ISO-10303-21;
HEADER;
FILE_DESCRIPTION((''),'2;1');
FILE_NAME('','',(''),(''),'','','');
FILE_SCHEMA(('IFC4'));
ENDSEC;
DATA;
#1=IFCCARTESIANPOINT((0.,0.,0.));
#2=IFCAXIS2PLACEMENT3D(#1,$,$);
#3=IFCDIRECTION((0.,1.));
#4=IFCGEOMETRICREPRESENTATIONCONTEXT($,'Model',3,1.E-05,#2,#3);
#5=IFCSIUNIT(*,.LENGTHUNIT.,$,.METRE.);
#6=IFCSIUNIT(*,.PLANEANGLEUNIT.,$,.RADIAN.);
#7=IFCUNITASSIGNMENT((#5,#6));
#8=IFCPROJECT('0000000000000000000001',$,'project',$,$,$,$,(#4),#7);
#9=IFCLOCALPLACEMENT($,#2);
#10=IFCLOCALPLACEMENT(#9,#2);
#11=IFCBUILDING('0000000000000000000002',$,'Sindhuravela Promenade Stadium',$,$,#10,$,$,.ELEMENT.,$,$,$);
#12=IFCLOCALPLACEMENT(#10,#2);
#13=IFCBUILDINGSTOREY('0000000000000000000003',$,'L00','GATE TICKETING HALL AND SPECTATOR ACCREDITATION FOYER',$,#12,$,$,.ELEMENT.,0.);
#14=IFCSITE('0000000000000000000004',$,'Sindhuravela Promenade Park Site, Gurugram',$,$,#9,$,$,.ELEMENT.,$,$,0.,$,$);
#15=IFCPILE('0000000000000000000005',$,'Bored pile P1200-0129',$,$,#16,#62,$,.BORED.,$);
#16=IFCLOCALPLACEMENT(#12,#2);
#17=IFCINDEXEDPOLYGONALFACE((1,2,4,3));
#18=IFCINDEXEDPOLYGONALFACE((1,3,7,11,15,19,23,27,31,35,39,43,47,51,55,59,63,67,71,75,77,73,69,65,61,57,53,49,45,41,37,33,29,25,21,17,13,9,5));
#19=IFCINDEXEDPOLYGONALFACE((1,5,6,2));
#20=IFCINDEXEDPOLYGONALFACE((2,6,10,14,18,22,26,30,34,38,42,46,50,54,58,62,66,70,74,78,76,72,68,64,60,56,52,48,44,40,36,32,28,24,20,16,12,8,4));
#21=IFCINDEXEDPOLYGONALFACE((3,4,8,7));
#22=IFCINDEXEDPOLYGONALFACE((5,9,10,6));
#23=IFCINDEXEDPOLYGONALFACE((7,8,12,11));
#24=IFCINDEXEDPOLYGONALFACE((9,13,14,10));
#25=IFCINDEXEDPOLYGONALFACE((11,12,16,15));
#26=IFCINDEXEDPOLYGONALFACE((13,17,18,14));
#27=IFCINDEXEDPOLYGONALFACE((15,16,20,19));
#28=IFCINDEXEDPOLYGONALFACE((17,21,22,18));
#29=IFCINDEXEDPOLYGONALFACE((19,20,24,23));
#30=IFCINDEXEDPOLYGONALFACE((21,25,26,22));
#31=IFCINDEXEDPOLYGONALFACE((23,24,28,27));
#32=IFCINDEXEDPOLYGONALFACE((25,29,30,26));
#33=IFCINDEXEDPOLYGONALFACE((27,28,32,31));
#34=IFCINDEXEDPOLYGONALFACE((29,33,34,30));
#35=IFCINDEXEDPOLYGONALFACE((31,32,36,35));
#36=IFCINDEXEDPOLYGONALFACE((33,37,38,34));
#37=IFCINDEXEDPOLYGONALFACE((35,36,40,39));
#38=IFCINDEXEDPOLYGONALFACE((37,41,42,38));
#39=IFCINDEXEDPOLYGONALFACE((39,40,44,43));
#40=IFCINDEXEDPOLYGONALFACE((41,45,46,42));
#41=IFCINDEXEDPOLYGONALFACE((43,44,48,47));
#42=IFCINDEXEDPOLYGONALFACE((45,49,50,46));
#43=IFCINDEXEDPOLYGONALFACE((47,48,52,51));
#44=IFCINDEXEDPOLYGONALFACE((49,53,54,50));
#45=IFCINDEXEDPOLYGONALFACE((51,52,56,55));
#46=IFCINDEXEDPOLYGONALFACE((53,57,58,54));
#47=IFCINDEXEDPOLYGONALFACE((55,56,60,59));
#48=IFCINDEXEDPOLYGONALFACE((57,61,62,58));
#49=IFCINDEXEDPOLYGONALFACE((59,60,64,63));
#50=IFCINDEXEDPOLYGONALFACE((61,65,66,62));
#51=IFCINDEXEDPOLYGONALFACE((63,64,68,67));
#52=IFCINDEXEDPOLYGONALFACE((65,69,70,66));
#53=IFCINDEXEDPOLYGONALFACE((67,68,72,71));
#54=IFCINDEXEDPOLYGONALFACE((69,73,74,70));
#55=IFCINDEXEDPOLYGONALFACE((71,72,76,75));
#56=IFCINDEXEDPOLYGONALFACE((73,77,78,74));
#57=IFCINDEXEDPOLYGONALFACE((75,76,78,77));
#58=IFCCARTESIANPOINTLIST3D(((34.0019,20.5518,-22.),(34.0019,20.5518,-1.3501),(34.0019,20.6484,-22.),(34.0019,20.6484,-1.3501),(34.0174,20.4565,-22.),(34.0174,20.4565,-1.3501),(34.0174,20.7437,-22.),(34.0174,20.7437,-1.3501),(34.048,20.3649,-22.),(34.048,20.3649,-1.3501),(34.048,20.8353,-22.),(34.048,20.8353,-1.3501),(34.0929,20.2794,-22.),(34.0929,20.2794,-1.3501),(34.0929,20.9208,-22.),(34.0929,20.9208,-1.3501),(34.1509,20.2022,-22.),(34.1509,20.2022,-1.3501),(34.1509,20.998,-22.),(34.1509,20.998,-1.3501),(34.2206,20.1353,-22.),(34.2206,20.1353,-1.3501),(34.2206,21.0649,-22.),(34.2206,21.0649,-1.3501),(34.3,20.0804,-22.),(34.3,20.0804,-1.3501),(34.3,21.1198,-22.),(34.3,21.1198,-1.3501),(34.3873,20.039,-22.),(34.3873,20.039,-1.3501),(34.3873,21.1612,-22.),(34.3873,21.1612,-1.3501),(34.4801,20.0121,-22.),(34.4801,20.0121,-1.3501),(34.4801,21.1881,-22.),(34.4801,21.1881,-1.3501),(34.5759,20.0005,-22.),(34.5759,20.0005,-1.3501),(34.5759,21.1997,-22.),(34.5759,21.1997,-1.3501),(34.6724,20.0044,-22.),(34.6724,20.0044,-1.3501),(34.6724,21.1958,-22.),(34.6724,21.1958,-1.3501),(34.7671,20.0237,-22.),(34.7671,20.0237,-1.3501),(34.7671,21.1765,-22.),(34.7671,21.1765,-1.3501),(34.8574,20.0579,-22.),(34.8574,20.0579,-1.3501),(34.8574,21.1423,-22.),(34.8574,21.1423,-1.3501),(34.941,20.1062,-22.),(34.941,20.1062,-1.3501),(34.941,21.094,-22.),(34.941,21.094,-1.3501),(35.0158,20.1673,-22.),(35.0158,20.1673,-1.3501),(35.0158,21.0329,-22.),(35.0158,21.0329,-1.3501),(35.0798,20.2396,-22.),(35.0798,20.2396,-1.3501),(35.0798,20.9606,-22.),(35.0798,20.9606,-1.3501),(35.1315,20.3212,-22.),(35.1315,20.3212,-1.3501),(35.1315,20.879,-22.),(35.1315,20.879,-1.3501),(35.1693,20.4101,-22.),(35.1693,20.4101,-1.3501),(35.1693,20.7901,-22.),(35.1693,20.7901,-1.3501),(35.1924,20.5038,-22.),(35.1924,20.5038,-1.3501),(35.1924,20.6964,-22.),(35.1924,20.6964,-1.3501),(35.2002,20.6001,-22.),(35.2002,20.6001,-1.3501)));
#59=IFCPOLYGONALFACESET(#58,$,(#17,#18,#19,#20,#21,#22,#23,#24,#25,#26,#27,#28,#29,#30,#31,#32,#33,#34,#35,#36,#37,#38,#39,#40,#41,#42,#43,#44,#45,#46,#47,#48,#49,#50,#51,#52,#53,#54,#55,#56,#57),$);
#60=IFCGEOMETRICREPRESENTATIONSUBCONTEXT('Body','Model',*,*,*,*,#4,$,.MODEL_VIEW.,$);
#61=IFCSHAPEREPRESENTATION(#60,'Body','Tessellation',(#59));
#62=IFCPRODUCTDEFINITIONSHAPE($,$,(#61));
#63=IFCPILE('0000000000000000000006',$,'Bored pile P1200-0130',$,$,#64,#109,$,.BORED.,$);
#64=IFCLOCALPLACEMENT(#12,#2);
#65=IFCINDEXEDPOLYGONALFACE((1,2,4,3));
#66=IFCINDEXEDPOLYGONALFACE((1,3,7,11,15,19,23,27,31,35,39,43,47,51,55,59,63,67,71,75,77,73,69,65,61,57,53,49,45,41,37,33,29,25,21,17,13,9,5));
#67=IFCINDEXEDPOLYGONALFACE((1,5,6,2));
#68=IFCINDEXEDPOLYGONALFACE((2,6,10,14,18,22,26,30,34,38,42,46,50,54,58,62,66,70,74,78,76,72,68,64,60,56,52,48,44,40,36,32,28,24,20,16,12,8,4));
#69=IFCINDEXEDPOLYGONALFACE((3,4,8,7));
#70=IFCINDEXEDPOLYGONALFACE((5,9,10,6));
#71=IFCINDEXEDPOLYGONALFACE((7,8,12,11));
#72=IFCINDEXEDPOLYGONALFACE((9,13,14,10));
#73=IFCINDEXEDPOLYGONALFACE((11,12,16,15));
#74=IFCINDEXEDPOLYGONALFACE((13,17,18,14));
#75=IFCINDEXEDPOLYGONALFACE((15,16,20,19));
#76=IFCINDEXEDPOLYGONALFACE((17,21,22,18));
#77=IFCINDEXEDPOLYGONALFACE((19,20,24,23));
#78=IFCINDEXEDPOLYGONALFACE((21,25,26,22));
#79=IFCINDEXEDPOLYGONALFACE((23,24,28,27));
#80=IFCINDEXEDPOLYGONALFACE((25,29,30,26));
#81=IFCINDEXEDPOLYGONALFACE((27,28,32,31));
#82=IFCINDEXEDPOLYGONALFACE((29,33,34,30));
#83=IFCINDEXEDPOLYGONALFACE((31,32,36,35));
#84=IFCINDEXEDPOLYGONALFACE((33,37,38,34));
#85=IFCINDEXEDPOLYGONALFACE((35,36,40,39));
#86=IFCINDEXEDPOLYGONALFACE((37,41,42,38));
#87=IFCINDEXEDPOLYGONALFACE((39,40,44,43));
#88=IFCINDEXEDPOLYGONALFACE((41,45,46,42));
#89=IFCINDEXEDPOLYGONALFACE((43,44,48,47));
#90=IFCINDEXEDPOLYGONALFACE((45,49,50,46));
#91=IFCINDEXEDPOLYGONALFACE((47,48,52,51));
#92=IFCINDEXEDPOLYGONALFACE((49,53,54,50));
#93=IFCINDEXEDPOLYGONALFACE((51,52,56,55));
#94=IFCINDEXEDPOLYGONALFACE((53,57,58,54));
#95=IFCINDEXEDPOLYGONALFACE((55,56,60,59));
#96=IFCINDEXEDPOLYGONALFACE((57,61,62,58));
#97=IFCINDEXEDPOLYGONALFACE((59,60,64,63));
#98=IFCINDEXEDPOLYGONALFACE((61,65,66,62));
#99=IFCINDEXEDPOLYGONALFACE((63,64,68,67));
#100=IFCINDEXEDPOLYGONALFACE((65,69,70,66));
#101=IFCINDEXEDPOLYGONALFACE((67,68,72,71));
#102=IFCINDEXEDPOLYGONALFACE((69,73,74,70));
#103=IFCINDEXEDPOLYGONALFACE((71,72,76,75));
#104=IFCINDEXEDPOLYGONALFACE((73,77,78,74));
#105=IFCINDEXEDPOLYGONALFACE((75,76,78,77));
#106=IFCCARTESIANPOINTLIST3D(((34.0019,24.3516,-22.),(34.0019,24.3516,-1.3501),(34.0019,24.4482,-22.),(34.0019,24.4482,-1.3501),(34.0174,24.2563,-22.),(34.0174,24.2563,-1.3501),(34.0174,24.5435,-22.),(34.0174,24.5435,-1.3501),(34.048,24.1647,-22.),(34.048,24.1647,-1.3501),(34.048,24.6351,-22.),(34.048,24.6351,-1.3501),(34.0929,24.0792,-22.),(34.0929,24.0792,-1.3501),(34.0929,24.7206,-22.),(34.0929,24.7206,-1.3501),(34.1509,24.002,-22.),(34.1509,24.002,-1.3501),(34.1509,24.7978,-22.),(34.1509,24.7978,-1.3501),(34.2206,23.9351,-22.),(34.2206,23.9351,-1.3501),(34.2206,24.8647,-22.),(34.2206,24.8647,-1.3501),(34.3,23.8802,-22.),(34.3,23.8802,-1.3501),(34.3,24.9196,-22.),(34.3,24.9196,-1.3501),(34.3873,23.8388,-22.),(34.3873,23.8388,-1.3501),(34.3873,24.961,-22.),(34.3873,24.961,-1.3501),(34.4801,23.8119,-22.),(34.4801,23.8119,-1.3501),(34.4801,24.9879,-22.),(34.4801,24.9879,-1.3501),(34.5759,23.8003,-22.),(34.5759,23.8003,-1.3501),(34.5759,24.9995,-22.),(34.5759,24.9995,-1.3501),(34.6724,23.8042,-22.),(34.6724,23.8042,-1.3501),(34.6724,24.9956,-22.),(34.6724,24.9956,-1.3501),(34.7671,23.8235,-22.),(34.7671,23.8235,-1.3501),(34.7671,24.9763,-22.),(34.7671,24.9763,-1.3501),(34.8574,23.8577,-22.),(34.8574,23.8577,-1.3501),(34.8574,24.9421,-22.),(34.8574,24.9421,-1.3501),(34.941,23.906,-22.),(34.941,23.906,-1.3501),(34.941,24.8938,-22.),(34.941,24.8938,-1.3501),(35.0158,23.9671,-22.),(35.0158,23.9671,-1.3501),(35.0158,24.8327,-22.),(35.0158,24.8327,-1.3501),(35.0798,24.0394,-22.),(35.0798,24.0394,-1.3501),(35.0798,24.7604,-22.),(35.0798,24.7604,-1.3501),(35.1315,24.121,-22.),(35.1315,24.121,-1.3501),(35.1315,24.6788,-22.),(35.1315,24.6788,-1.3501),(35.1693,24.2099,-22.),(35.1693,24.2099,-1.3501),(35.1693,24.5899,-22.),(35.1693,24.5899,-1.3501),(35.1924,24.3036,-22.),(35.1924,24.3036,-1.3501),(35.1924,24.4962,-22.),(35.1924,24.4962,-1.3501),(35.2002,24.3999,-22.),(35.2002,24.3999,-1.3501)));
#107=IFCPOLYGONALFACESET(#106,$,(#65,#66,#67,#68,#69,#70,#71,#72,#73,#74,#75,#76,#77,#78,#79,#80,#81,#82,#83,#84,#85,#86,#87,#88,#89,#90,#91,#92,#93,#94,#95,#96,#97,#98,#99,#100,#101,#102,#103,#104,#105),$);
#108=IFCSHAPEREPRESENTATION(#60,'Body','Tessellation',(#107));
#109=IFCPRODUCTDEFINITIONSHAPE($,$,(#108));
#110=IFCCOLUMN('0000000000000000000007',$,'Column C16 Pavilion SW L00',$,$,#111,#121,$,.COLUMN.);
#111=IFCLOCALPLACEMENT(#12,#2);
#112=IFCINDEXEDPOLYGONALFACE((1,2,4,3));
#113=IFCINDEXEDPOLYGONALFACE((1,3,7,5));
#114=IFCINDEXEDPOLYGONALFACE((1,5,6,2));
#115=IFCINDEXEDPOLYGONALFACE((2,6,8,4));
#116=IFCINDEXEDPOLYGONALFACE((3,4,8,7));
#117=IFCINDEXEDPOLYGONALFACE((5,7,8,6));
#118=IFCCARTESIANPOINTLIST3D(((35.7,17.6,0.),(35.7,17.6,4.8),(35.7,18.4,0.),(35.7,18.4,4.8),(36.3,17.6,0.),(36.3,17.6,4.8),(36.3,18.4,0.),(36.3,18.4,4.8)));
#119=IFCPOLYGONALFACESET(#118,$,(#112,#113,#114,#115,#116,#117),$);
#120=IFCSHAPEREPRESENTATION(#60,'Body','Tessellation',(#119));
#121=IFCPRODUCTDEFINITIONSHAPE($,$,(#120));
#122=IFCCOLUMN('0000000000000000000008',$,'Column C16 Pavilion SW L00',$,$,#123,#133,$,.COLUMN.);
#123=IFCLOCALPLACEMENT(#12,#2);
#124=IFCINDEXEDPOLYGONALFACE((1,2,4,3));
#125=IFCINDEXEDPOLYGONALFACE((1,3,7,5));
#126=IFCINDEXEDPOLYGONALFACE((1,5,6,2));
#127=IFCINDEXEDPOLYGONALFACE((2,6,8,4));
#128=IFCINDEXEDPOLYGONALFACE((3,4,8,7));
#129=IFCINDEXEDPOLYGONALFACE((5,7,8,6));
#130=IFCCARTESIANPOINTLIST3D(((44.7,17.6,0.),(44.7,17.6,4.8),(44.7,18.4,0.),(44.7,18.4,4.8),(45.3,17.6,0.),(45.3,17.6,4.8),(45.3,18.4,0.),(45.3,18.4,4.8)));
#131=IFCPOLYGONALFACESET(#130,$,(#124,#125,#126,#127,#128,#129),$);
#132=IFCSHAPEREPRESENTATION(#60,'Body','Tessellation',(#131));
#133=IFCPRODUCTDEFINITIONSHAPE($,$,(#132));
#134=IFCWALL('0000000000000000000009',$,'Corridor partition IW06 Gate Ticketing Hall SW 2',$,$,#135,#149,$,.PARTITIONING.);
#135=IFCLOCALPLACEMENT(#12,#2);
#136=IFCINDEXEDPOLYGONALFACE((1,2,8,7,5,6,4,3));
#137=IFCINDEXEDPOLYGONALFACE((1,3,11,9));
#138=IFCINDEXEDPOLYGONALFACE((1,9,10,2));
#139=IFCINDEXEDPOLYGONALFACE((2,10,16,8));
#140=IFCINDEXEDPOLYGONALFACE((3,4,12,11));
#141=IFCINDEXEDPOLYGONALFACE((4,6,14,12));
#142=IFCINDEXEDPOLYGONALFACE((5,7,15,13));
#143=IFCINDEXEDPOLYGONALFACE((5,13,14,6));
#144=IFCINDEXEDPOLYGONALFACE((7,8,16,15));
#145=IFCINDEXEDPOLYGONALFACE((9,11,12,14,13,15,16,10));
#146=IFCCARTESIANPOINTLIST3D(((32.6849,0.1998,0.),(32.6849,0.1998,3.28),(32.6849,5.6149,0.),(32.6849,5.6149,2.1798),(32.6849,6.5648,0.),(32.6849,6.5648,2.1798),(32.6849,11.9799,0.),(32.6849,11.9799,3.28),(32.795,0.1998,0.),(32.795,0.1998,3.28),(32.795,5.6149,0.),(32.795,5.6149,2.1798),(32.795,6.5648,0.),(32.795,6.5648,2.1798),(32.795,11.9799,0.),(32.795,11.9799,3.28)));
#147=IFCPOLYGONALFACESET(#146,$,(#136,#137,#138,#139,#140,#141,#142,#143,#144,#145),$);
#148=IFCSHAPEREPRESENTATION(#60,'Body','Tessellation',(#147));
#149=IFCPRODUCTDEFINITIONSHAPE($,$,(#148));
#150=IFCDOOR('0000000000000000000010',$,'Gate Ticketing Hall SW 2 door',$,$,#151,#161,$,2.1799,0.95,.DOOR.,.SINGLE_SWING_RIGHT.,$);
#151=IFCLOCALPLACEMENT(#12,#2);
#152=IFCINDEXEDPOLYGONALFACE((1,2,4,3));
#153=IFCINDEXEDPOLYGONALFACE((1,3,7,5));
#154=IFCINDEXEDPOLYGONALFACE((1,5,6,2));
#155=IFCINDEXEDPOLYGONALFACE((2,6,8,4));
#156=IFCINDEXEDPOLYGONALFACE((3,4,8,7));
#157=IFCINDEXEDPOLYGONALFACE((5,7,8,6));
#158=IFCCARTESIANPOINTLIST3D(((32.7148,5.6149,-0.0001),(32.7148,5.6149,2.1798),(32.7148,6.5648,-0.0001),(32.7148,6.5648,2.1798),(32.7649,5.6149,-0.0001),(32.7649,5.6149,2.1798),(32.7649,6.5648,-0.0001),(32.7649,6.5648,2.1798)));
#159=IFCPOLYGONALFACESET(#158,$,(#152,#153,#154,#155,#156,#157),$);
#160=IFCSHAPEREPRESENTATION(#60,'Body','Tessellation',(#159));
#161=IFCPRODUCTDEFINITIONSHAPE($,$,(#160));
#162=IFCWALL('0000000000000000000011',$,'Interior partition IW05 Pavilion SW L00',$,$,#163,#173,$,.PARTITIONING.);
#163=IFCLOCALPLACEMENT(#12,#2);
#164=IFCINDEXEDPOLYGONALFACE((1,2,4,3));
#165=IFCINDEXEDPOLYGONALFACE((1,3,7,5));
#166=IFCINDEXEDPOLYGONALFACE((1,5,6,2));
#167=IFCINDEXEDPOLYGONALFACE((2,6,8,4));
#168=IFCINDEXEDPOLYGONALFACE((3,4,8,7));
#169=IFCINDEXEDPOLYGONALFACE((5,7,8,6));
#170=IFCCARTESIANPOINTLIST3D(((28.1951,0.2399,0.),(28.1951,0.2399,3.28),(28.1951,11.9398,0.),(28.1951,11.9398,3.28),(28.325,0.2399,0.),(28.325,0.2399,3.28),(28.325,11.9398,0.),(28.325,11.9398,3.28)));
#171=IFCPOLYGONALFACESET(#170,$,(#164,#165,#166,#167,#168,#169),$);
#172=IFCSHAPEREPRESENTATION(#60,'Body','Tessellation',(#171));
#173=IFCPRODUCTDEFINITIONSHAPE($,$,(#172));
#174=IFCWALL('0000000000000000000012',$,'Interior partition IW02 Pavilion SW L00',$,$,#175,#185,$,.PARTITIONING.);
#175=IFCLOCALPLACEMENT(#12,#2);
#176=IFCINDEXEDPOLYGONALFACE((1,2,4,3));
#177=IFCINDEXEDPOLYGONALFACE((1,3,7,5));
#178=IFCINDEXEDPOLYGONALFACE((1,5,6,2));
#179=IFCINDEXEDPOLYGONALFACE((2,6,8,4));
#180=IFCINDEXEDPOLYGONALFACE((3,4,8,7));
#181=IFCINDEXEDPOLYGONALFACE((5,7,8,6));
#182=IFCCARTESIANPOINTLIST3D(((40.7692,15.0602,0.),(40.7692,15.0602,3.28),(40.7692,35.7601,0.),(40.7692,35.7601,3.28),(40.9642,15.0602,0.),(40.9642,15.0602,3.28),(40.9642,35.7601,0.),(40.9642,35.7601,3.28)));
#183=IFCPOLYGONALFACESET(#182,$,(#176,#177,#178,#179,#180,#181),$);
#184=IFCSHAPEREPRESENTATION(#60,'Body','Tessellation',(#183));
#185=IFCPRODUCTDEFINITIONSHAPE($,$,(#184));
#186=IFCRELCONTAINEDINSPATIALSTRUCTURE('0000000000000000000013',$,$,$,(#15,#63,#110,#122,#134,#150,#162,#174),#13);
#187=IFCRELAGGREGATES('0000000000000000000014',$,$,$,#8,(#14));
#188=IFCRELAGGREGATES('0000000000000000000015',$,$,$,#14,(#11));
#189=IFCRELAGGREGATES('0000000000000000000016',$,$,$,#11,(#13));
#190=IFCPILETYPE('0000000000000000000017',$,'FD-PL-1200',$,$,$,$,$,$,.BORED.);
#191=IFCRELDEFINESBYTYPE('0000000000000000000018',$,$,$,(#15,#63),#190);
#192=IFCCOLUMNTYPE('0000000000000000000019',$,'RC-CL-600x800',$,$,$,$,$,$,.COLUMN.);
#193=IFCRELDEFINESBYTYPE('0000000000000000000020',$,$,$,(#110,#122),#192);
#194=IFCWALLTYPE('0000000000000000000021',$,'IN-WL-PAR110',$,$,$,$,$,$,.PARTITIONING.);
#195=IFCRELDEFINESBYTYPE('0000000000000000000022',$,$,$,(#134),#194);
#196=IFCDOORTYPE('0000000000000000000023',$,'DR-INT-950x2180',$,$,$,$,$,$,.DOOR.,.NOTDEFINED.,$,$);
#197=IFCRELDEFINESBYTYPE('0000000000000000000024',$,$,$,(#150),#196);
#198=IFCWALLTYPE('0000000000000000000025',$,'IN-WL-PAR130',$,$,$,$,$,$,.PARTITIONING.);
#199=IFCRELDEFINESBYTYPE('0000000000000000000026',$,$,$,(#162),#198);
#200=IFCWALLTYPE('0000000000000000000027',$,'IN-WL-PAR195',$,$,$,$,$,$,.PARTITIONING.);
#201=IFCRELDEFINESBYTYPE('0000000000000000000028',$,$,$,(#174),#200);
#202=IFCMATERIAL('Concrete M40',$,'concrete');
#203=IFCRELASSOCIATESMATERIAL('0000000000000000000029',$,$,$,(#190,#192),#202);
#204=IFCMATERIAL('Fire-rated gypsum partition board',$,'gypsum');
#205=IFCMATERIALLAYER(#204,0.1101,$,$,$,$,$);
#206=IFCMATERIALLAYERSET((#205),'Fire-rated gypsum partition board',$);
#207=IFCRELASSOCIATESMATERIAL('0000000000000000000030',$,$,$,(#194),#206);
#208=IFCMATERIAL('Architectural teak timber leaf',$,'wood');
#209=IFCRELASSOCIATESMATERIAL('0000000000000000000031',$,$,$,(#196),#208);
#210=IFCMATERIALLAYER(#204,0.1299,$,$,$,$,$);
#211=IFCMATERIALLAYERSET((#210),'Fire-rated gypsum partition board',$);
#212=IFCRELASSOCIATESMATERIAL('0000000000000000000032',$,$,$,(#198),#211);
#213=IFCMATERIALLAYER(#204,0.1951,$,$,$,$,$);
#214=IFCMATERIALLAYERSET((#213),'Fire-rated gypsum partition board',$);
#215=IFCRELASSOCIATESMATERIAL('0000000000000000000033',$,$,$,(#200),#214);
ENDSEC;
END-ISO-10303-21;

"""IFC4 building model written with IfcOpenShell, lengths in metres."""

from ifc_helpers import new_model, si_unit, direction, frame, frame_2d, origin, origin_2d, place, context, subcontext, project, spatial, rectangle, circle, extrude, material, layer, layer_set, material_profile, profile_set, type_object, element, fill, save


model = new_model("IFC4")

# Units and contexts
model_context = context("Model", 3, precision=1e-05, world=origin(), true_north=direction((0.0, 1.0)))
body_context = subcontext(model_context, "Body", "Model", "MODEL_VIEW")
ifc_project = project(units=[si_unit("LENGTHUNIT", "METRE"), si_unit("PLANEANGLEUNIT", "RADIAN")], contexts=[model_context])

# Site, building, storey
site_placement = place(None, origin())
site = spatial("IfcSite", under=ifc_project, at=site_placement, Name="Sindhuravela Promenade Park Site, Gurugram", CompositionType="ELEMENT", RefElevation=0.0)
building_placement = place(site_placement, origin())
building = spatial("IfcBuilding", under=site, at=building_placement, Name="Sindhuravela Promenade Stadium", CompositionType="ELEMENT")
storey_placement = place(building_placement, origin())
storey = spatial("IfcBuildingStorey", under=building, at=storey_placement, Name="L00", Description="GATE TICKETING HALL AND SPECTATOR ACCREDITATION FOYER", CompositionType="ELEMENT", Elevation=0.0)

# Piles
ifc_material_1 = material(Name="Concrete M40", Category="concrete")
ifc_material_profile_1 = material_profile(ifc_material_1, circle(Radius=0.6001, at=origin_2d()), Name="BORED PILE D1200")
ifc_profile_set_1 = profile_set([ifc_material_profile_1], Name="Concrete M40")
pile_type_1 = type_object("IfcPileType", Name="FD-PL-1200", PredefinedType="BORED", material=ifc_profile_set_1)
for number, where, z_axis, x_axis, name in (
    (1, (34.6001, 20.6001, -1.3501), (0.0, 0.0, -1.0), (1.0, 0.0, 0.0), "Bored pile P1200-0129"),
    (2, (34.6001, 24.3999, -1.3501), (0.0, 0.0, -1.0), (1.0, 0.0, 0.0), "Bored pile P1200-0130"),
):
    element("IfcPile", number, at=place(storey_placement, frame(where, z_axis=z_axis, x_axis=x_axis)), inside=storey, type_object=pile_type_1, Name=name, PredefinedType="BORED", context=body_context, shape_type="SweptSolid", body=[
        extrude(circle(Radius=0.6001, at=origin_2d()), origin(), (0.0, 0.0, 1.0), 20.6499),
    ])

# Columns
ifc_material_profile_2 = material_profile(ifc_material_1, rectangle(XDim=0.6001, YDim=0.8, at=origin_2d()), Name="RC 600x800")
ifc_profile_set_2 = profile_set([ifc_material_profile_2], Name="Concrete M40")
column_type = type_object("IfcColumnType", Name="RC-CL-600x800", PredefinedType="COLUMN", material=ifc_profile_set_2)
for number, where, z_axis, x_axis, name in (
    (3, (36.0, 18.0, 0.0), (0.0, 0.0, 1.0), (1.0, 0.0, 0.0), "Column C16 Pavilion SW L00"),
    (4, (45.0, 18.0, 0.0), (0.0, 0.0, 1.0), (1.0, 0.0, 0.0), "Column C16 Pavilion SW L00"),
):
    element("IfcColumn", number, at=place(storey_placement, frame(where, z_axis=z_axis, x_axis=x_axis)), inside=storey, type_object=column_type, Name=name, PredefinedType="COLUMN", context=body_context, shape_type="SweptSolid", body=[
        extrude(rectangle(XDim=0.6001, YDim=0.8, at=origin_2d()), origin(), (0.0, 0.0, 1.0), 4.8),
    ])

# Wall, opening, door
ifc_material_2 = material(Name="Fire-rated gypsum partition board", Category="gypsum")
ifc_layer_1 = layer(ifc_material_2, 0.1101)
ifc_layer_set_1 = layer_set([ifc_layer_1], Name="Fire-rated gypsum partition board")
wall_type_1 = type_object("IfcWallType", Name="IN-WL-PAR110", PredefinedType="PARTITIONING", material=ifc_layer_set_1)
wall_1_placement = place(storey_placement, frame((32.74, 11.98, 0.0), z_axis=(0.0, 0.0, 1.0), x_axis=(0.0, -1.0, 0.0)))
wall_1 = element("IfcWall", 5, at=wall_1_placement, inside=storey, type_object=wall_type_1, Name="Corridor partition IW06 Gate Ticketing Hall SW 2", PredefinedType="PARTITIONING", context=body_context, shape_type="SweptSolid", body=[
    extrude(rectangle(XDim=11.78, YDim=0.1101, at=frame_2d((5.8901, 0.0))), origin(), (0.0, 0.0, 1.0), 3.28),
])
opening_1_placement = place(wall_1_placement, frame((5.415, 0.0, 0.0)))
opening_1 = element("IfcOpeningElement", 6, at=opening_1_placement, cuts=wall_1, PredefinedType="OPENING", context=body_context, shape_type="SweptSolid", body=[
    extrude(rectangle(XDim=0.95, YDim=2.1799, at=frame_2d((0.4751, 1.0898))), frame((0.0, 0.0649, 0.0), z_axis=(0.0, -1.0, 0.0), x_axis=(1.0, 0.0, 0.0)), (0.0, 0.0, 1.0), 0.1301),
])
ifc_material_3 = material(Name="Architectural teak timber leaf", Category="wood")
door_type_1 = type_object("IfcDoorType", Name="DR-INT-950x2180", OperationType="NOTDEFINED", PredefinedType="DOOR", material=ifc_material_3)
door_1_placement = place(opening_1_placement, origin())
door_1 = element("IfcDoor", 7, at=door_1_placement, inside=storey, type_object=door_type_1, Name="Gate Ticketing Hall SW 2 door", OperationType="SINGLE_SWING_RIGHT", OverallHeight=2.1799, OverallWidth=0.95, PredefinedType="DOOR", context=body_context, shape_type="SweptSolid", body=[
    extrude(rectangle(XDim=0.95, YDim=2.1799, at=frame_2d((0.4751, 1.0898))), frame((0.0, 0.0249, 0.0), z_axis=(0.0, -1.0, 0.0), x_axis=(1.0, 0.0, 0.0)), (0.0, 0.0, 1.0), 0.05),
])
fill(opening_1, door_1)

# Walls
ifc_layer_2 = layer(ifc_material_2, 0.1299)
ifc_layer_set_2 = layer_set([ifc_layer_2], Name="Fire-rated gypsum partition board")
wall_type_2 = type_object("IfcWallType", Name="IN-WL-PAR130", PredefinedType="PARTITIONING", material=ifc_layer_set_2)
wall_2_placement = place(storey_placement, frame((28.26, 11.9399, 0.0), z_axis=(0.0, 0.0, 1.0), x_axis=(0.0, -1.0, 0.0)))
element("IfcWall", 8, at=wall_2_placement, inside=storey, type_object=wall_type_2, Name="Interior partition IW05 Pavilion SW L00", PredefinedType="PARTITIONING", context=body_context, shape_type="SweptSolid", body=[
    extrude(rectangle(XDim=11.7, YDim=0.1299, at=frame_2d((5.8501, 0.0))), origin(), (0.0, 0.0, 1.0), 3.28),
])
ifc_layer_3 = layer(ifc_material_2, 0.1951)
ifc_layer_set_3 = layer_set([ifc_layer_3], Name="Fire-rated gypsum partition board")
wall_type_3 = type_object("IfcWallType", Name="IN-WL-PAR195", PredefinedType="PARTITIONING", material=ifc_layer_set_3)
wall_3_placement = place(storey_placement, frame((40.8667, 15.0601, 0.0), z_axis=(0.0, 0.0, 1.0), x_axis=(0.0, 1.0, 0.0)))
element("IfcWall", 9, at=wall_3_placement, inside=storey, type_object=wall_type_3, Name="Interior partition IW02 Pavilion SW L00", PredefinedType="PARTITIONING", context=body_context, shape_type="SweptSolid", body=[
    extrude(rectangle(XDim=20.7, YDim=0.1951, at=frame_2d((10.3501, 0.0))), origin(), (0.0, 0.0, 1.0), 3.28),
])

save(model, "model.ifc")
